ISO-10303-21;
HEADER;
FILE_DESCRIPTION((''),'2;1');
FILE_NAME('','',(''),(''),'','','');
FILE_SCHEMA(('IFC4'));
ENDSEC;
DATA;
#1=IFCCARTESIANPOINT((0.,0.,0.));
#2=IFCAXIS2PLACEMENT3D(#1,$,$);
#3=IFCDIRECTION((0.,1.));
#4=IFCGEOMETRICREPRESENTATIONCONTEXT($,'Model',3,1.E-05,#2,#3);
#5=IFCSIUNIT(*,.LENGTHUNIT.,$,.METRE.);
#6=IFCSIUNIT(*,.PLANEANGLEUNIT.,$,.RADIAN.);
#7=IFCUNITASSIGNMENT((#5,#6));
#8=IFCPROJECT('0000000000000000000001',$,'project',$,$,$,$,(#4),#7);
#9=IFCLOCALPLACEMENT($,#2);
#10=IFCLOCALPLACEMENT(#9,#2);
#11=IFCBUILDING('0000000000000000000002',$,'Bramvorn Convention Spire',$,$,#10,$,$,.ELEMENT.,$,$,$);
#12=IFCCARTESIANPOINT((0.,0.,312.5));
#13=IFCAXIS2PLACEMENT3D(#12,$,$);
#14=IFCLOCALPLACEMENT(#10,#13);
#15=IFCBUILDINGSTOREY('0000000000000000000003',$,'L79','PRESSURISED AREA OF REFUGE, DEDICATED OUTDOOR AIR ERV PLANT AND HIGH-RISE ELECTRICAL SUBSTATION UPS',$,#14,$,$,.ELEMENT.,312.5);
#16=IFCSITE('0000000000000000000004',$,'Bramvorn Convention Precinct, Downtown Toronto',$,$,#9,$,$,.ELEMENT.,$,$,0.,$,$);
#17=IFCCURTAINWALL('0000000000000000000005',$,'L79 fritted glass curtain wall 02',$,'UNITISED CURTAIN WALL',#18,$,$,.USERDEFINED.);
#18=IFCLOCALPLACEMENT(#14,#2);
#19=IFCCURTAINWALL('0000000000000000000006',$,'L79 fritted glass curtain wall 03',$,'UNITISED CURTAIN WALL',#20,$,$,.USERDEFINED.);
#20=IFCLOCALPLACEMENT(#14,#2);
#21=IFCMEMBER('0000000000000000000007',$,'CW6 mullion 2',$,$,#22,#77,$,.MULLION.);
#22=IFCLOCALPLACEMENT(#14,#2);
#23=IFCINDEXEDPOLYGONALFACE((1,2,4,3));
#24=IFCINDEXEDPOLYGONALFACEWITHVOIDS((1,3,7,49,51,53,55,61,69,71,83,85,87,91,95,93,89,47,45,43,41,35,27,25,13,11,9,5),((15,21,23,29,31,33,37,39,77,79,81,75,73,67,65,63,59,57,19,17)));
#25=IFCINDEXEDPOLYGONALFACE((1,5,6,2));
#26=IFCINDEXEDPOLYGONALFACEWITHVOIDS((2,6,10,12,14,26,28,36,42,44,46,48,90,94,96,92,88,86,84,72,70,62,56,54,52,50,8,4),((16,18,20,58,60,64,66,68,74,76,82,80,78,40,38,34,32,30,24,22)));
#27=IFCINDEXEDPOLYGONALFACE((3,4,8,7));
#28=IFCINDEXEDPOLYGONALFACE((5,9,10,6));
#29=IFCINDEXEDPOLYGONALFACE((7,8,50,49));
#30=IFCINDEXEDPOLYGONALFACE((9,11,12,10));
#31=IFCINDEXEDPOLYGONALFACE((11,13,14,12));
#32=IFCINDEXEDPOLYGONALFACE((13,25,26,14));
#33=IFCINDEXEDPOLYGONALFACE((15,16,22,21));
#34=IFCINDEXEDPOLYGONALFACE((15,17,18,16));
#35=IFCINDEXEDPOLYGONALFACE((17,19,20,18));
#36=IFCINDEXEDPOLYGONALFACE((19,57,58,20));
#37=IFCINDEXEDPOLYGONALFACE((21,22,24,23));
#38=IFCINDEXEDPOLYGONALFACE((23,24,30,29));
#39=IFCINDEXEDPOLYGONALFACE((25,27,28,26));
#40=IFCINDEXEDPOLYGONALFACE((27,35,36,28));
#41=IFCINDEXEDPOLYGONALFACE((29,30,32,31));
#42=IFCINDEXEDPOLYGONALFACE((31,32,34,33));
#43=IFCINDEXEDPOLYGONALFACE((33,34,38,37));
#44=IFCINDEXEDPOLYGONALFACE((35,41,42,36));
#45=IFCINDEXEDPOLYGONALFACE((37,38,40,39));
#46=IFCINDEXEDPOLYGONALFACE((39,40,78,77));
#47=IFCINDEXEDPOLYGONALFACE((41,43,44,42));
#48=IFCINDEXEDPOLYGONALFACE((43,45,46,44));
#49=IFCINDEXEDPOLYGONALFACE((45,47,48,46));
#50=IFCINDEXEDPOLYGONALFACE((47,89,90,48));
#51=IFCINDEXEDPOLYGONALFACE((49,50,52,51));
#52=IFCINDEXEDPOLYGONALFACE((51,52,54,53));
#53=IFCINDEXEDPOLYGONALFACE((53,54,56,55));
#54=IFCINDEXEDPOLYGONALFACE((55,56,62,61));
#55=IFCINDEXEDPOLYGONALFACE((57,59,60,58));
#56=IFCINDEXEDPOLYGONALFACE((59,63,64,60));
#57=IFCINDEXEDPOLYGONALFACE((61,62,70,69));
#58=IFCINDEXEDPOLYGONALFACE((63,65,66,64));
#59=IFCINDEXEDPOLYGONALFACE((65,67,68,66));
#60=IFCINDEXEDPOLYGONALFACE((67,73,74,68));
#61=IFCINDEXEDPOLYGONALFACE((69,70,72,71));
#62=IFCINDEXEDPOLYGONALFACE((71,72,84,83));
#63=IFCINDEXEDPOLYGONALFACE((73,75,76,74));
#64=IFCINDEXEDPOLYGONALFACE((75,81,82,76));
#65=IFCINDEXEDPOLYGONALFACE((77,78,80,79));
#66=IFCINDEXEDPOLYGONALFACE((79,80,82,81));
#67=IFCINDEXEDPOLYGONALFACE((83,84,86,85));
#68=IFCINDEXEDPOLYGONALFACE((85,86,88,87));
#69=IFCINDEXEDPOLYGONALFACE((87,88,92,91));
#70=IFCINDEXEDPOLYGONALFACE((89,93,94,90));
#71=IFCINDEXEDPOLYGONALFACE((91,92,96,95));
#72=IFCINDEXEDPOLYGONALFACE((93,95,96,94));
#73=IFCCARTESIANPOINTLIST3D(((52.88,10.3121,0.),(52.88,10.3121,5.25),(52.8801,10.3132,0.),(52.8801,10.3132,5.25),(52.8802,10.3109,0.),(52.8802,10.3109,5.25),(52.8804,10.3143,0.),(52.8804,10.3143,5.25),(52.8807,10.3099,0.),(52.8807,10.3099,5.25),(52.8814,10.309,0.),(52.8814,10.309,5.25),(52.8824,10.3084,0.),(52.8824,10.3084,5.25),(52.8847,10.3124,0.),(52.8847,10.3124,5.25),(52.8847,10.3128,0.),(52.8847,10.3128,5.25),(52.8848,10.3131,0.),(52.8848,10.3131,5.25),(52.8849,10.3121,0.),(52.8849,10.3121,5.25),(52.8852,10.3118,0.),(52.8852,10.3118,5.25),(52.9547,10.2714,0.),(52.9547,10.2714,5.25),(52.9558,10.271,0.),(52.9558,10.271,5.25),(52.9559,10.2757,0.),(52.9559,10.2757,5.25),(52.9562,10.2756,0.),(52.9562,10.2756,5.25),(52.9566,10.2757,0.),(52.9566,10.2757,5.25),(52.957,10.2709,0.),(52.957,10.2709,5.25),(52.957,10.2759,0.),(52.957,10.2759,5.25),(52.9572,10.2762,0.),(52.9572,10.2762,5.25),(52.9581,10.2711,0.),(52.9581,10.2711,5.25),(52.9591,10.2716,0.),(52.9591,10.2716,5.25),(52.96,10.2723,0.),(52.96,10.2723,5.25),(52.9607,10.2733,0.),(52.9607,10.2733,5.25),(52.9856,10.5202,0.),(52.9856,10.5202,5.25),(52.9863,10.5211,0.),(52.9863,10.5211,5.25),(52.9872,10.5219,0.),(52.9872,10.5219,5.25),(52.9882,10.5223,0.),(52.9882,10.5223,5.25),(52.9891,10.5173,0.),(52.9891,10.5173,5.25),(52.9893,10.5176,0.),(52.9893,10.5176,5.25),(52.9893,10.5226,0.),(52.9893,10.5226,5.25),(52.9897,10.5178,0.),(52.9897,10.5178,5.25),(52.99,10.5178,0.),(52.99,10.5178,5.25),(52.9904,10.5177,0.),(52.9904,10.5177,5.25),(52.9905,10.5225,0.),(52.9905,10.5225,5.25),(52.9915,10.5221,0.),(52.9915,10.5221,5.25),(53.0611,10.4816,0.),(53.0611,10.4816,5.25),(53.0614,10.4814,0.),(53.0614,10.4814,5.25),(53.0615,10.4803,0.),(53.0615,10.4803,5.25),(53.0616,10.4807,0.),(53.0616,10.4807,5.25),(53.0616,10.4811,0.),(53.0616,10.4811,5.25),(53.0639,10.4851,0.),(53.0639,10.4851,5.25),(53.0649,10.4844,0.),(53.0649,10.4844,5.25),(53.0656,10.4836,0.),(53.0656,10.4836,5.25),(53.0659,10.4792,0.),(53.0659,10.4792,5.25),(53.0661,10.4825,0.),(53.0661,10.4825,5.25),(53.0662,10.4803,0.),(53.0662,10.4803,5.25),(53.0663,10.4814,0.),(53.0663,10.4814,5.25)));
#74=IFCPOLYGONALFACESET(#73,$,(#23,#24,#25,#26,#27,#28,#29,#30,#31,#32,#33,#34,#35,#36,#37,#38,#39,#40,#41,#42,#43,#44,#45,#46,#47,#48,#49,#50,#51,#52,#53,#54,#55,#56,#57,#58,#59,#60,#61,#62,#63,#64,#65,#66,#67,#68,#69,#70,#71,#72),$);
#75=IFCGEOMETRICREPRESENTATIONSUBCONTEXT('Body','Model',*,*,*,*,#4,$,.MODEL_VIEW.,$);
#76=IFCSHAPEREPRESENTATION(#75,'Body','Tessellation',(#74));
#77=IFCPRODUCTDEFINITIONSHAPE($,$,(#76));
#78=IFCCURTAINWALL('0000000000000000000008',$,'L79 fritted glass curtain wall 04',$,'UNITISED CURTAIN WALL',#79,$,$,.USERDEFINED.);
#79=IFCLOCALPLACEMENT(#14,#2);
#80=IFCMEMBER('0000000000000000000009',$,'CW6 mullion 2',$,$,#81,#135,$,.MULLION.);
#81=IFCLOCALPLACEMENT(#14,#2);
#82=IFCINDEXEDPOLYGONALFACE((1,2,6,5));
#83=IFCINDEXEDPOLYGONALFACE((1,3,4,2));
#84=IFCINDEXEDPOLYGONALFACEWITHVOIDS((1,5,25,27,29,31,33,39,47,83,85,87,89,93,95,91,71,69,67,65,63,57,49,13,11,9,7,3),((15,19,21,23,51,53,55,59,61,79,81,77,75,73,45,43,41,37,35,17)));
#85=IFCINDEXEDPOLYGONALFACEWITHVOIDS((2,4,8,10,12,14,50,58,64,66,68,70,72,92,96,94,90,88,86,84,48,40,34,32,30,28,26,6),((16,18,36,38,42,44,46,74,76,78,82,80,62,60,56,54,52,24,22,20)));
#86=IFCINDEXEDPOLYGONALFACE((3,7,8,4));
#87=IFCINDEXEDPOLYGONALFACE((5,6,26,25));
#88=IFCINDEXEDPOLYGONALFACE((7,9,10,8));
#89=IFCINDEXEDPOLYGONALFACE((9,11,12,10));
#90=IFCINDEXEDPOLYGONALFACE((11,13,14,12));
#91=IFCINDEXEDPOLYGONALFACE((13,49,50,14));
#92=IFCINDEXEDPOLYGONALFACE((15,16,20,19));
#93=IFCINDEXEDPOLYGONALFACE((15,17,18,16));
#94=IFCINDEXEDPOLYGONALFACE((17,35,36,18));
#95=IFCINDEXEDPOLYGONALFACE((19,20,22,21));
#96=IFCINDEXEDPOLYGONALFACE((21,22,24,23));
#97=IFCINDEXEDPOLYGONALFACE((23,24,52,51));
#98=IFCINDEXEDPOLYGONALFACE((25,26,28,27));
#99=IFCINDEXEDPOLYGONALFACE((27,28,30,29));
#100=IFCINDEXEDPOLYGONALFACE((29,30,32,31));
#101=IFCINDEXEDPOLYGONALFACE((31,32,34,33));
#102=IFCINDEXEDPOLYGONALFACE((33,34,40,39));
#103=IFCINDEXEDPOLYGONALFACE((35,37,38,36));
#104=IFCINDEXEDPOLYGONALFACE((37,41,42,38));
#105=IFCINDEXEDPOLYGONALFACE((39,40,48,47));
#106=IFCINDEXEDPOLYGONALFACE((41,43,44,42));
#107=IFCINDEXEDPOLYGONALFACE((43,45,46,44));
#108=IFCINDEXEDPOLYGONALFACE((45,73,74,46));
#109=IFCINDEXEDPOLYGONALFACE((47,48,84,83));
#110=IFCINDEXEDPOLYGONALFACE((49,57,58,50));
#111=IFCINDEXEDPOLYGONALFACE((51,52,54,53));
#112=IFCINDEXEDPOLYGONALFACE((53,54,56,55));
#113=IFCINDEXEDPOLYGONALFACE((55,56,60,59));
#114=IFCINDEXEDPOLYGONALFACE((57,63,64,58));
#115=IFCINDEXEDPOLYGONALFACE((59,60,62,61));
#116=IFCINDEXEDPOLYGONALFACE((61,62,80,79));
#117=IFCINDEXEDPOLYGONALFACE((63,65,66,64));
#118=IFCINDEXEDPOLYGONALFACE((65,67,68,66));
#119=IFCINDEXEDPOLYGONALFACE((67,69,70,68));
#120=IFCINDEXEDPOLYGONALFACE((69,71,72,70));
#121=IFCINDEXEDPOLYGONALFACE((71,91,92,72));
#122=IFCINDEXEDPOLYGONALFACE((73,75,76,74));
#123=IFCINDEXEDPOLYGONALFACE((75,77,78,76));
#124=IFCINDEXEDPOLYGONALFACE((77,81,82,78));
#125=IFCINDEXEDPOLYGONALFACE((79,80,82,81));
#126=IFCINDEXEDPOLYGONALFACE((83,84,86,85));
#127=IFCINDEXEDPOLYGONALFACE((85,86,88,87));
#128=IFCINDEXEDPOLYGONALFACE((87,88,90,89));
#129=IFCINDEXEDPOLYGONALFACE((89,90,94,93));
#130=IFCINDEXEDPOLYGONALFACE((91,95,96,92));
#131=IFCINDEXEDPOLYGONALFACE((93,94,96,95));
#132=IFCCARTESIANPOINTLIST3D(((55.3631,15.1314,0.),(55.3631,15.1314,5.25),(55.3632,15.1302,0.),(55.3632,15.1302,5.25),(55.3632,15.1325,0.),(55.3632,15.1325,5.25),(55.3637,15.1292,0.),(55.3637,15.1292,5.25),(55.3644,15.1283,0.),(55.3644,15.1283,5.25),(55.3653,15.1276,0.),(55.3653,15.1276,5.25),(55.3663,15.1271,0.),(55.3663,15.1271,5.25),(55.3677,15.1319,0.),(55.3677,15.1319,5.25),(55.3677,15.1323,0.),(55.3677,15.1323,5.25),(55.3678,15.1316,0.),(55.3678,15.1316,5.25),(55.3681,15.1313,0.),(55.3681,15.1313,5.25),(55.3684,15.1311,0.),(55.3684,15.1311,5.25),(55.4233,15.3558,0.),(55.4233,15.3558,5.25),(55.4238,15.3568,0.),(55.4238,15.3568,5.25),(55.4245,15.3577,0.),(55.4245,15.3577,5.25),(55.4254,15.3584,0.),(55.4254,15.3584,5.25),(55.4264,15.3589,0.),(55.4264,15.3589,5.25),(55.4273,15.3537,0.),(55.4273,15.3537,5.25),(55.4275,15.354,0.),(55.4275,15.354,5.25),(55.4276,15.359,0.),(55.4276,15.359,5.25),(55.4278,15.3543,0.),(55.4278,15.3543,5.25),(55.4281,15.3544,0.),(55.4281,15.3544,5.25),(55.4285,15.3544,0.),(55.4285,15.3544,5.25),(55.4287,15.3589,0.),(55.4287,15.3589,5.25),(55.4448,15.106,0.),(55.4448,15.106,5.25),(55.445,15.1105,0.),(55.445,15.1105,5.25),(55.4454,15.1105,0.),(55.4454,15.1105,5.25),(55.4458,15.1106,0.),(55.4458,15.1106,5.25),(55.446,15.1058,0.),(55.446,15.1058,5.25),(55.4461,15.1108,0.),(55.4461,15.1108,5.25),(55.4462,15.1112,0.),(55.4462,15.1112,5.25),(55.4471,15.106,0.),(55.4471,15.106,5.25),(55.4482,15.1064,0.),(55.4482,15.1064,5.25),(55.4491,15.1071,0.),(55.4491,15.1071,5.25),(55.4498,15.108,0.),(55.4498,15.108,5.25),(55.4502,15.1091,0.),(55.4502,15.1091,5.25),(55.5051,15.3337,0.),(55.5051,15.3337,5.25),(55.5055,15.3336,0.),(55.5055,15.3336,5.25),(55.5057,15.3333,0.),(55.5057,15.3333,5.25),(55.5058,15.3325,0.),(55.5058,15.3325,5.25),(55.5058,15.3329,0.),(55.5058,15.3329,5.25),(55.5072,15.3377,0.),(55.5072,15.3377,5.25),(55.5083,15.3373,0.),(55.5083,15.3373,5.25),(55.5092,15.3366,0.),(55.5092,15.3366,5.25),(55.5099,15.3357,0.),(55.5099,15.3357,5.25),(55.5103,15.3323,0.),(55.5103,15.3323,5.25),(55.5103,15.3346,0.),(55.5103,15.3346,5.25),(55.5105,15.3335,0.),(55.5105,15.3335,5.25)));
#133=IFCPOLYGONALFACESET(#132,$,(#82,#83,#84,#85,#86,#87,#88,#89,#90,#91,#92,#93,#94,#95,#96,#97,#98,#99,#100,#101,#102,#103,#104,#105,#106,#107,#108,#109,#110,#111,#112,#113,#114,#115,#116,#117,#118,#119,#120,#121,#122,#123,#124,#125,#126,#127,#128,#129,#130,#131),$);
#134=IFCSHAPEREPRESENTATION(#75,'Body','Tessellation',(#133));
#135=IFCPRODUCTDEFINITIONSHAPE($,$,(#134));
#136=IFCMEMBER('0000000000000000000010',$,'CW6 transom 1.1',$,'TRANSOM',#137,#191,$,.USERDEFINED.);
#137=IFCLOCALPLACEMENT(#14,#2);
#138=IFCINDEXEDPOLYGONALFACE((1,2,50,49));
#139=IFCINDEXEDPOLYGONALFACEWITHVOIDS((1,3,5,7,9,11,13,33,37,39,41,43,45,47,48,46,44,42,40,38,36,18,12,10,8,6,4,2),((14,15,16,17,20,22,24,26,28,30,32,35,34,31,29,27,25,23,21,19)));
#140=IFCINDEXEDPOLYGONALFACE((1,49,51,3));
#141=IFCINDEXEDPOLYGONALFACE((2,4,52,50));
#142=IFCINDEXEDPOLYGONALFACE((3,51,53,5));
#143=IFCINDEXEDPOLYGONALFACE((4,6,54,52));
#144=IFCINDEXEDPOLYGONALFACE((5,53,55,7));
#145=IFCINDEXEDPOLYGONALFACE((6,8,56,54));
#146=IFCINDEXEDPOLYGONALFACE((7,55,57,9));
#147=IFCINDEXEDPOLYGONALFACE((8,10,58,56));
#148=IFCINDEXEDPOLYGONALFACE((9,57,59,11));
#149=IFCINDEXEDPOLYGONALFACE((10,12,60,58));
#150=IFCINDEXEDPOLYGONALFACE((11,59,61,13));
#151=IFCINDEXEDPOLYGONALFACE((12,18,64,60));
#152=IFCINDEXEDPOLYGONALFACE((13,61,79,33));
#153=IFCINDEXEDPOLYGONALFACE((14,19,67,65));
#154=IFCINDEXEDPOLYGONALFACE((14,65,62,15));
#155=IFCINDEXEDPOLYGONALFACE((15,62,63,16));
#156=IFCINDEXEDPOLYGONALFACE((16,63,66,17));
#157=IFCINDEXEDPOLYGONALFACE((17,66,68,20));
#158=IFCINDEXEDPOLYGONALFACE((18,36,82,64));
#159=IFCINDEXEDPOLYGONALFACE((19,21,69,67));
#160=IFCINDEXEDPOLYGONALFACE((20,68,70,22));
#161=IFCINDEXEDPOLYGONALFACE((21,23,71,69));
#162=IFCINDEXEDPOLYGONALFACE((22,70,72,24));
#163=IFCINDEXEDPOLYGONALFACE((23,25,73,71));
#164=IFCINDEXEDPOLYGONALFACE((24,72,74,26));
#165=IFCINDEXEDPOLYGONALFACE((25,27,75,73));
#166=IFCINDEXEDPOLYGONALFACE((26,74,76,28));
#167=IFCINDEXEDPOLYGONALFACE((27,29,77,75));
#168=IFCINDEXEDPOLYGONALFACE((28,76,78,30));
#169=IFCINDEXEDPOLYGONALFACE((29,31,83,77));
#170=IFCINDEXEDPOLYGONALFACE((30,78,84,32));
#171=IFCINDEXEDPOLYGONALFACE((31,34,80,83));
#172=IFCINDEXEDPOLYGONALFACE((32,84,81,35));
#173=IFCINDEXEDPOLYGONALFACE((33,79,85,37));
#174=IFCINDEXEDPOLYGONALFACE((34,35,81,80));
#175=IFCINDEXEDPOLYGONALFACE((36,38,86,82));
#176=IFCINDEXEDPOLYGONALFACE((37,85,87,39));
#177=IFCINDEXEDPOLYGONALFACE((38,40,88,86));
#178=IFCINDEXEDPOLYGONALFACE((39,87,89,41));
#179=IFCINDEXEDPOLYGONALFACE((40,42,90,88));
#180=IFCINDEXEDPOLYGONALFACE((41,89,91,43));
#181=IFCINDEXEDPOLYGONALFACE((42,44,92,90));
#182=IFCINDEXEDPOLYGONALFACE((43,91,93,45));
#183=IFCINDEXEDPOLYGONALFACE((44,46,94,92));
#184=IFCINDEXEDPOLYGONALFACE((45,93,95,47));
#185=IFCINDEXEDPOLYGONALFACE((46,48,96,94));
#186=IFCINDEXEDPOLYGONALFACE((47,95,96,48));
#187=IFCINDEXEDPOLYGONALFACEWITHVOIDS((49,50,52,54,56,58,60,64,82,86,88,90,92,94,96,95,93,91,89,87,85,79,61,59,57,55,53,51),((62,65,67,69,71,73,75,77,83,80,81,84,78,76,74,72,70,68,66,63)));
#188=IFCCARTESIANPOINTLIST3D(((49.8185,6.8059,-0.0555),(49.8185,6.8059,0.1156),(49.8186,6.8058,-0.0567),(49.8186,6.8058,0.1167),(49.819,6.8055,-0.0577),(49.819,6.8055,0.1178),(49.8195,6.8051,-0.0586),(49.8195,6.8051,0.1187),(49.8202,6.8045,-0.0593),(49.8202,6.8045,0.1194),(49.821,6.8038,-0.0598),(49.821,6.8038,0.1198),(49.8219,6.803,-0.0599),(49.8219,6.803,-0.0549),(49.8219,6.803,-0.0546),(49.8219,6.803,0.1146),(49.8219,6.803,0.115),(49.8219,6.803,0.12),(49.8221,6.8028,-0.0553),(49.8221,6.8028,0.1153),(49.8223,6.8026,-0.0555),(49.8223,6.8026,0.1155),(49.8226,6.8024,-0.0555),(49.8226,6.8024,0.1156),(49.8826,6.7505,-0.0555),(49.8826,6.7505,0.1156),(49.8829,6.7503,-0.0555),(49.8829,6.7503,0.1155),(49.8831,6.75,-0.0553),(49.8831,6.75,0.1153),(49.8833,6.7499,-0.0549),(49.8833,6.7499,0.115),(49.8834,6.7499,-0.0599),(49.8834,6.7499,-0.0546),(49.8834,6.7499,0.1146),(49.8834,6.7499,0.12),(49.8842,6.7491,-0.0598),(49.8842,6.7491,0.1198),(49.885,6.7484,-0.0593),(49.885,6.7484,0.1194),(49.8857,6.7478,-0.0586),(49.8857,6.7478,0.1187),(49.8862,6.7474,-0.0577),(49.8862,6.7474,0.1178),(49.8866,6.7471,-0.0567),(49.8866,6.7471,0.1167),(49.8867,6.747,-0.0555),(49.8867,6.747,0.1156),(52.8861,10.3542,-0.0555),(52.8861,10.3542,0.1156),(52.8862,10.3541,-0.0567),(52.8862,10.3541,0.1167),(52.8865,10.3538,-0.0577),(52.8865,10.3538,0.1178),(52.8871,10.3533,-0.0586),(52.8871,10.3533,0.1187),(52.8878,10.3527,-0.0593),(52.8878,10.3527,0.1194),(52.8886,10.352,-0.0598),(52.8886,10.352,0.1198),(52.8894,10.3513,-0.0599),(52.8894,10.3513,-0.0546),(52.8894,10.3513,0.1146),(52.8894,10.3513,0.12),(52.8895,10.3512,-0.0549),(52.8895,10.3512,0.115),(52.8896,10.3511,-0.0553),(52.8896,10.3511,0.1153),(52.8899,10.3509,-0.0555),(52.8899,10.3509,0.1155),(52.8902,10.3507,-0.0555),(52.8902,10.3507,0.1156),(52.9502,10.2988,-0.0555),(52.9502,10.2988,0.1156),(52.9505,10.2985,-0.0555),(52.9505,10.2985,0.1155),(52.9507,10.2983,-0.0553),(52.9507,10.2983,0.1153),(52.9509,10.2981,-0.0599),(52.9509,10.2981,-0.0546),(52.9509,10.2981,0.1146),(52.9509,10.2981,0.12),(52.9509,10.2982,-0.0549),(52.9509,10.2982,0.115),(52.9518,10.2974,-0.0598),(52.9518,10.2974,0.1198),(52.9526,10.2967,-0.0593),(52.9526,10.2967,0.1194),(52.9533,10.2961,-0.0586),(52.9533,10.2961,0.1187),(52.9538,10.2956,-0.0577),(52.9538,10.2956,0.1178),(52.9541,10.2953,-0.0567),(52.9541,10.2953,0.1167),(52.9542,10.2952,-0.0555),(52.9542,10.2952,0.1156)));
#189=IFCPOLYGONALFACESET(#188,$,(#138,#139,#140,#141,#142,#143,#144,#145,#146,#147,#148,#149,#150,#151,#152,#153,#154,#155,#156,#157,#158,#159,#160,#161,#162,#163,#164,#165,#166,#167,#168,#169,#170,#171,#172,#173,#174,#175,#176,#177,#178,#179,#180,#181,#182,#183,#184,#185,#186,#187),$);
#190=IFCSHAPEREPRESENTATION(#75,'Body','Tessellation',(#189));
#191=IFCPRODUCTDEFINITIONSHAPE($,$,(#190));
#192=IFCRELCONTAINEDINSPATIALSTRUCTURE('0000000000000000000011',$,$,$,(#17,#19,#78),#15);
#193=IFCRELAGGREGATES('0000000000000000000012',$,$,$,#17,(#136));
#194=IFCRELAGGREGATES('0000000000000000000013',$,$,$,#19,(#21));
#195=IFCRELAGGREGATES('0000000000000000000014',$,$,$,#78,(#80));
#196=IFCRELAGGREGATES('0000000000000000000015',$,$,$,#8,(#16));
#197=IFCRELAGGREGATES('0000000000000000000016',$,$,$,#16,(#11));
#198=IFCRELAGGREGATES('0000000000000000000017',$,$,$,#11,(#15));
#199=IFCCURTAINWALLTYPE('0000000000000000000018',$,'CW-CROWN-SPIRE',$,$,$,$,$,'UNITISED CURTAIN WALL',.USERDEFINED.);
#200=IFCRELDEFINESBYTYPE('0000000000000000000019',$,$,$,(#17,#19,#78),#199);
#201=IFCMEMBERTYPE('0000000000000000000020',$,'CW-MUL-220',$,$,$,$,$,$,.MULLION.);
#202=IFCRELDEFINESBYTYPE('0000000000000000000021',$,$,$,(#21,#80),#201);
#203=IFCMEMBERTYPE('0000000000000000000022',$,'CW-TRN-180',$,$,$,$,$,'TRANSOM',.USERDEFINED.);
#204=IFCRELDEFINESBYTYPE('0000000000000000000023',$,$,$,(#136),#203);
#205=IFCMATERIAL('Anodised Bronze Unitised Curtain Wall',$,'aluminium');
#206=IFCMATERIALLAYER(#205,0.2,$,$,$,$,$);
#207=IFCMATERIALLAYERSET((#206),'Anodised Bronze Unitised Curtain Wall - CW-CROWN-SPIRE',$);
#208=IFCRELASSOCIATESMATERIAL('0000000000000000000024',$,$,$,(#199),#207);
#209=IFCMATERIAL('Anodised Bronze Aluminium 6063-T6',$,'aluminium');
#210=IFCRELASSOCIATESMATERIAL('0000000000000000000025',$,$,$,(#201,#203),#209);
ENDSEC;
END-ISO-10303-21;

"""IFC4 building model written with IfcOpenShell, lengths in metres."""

from ifc_helpers import new_model, si_unit, direction, frame, origin, origin_2d, place, context, subcontext, project, spatial, hollow_rectangle, extrude, material, layer, layer_set, material_profile, profile_set, type_object, element, aggregate, save


model = new_model("IFC4")

# Units and contexts
model_context = context("Model", 3, precision=1e-05, world=origin(), true_north=direction((0.0, 1.0)))
body_context = subcontext(model_context, "Body", "Model", "MODEL_VIEW")
ifc_project = project(units=[si_unit("LENGTHUNIT", "METRE"), si_unit("PLANEANGLEUNIT", "RADIAN")], contexts=[model_context])

# Site, building, storey
site_placement = place(None, origin())
site = spatial("IfcSite", under=ifc_project, at=site_placement, Name="Bramvorn Convention Precinct, Downtown Toronto", CompositionType="ELEMENT", RefElevation=0.0)
building_placement = place(site_placement, origin())
building = spatial("IfcBuilding", under=site, at=building_placement, Name="Bramvorn Convention Spire", CompositionType="ELEMENT")
storey_placement = place(building_placement, frame((0.0, 0.0, 312.5)))
storey = spatial("IfcBuildingStorey", under=building, at=storey_placement, Name="L79", Description="PRESSURISED AREA OF REFUGE, DEDICATED OUTDOOR AIR ERV PLANT AND HIGH-RISE ELECTRICAL SUBSTATION UPS", CompositionType="ELEMENT", Elevation=312.5)

# Curtain walls, member
ifc_material_1 = material(Name="Anodised Bronze Unitised Curtain Wall", Category="aluminium")
ifc_layer_1 = layer(ifc_material_1, 0.2)
ifc_layer_set_1 = layer_set([ifc_layer_1], Name="Anodised Bronze Unitised Curtain Wall - CW-CROWN-SPIRE")
curtain_wall_type = type_object("IfcCurtainWallType", Name="CW-CROWN-SPIRE", ElementType="UNITISED CURTAIN WALL", PredefinedType="USERDEFINED", material=ifc_layer_set_1)
curtain_wall_1_placement = place(storey_placement, origin())
curtain_wall_1 = element("IfcCurtainWall", 1, at=curtain_wall_1_placement, inside=storey, type_object=curtain_wall_type, Name="L79 fritted glass curtain wall 02", ObjectType="UNITISED CURTAIN WALL", PredefinedType="USERDEFINED")
ifc_material_2 = material(Name="Anodised Bronze Aluminium 6063-T6", Category="aluminium")
ifc_material_profile_1 = material_profile(ifc_material_2, hollow_rectangle(XDim=0.0901, YDim=0.24, WallThickness=0.0044, InnerFilletRadius=0.001, OuterFilletRadius=0.0044, at=origin_2d()))
ifc_profile_set_1 = profile_set([ifc_material_profile_1], Name="Anodised Bronze Aluminium 6063-T6 - CWM90X240")
member_type_1 = type_object("IfcMemberType", Name="CW-MUL-220", PredefinedType="MULLION", material=ifc_profile_set_1)
curtain_wall_2_placement = place(storey_placement, origin())
curtain_wall_2 = element("IfcCurtainWall", 2, at=curtain_wall_2_placement, inside=storey, type_object=curtain_wall_type, Name="L79 fritted glass curtain wall 03", ObjectType="UNITISED CURTAIN WALL", PredefinedType="USERDEFINED")
member_1_placement = place(storey_placement, frame((52.9731, 10.3967, 0.0), z_axis=(0.0, 0.0, 1.0), x_axis=(0.89051, -0.454964, 0.0)))
member_1 = element("IfcMember", 3, at=member_1_placement, type_object=member_type_1, Name="CW6 mullion 2", PredefinedType="MULLION", context=body_context, shape_type="SweptSolid", body=[
    extrude(hollow_rectangle(XDim=0.0901, YDim=0.24, WallThickness=0.0044, InnerFilletRadius=0.001, OuterFilletRadius=0.0044, at=origin_2d()), origin(), (0.0, 0.0, 1.0), 5.25),
])

# Curtain wall, member
curtain_wall_3_placement = place(storey_placement, origin())
curtain_wall_3 = element("IfcCurtainWall", 4, at=curtain_wall_3_placement, inside=storey, type_object=curtain_wall_type, Name="L79 fritted glass curtain wall 04", ObjectType="UNITISED CURTAIN WALL", PredefinedType="USERDEFINED")
member_2_placement = place(storey_placement, frame((55.4368, 15.2324, 0.0), z_axis=(0.0, 0.0, 1.0), x_axis=(0.965618, -0.259965, 0.0)))
member_2 = element("IfcMember", 5, at=member_2_placement, type_object=member_type_1, Name="CW6 mullion 2", PredefinedType="MULLION", context=body_context, shape_type="SweptSolid", body=[
    extrude(hollow_rectangle(XDim=0.0901, YDim=0.24, WallThickness=0.0044, InnerFilletRadius=0.001, OuterFilletRadius=0.0044, at=origin_2d()), origin(), (0.0, 0.0, 1.0), 5.25),
])

# Member
ifc_material_profile_2 = material_profile(ifc_material_2, hollow_rectangle(XDim=0.0901, YDim=0.1799, WallThickness=0.0044, InnerFilletRadius=0.001, OuterFilletRadius=0.0044, at=origin_2d()))
ifc_profile_set_2 = profile_set([ifc_material_profile_2], Name="Anodised Bronze Aluminium 6063-T6 - CWT90X180")
member_type_2 = type_object("IfcMemberType", Name="CW-TRN-180", ElementType="TRANSOM", PredefinedType="USERDEFINED", material=ifc_profile_set_2)
member_3_placement = place(storey_placement, frame((52.9202, 10.3247, 0.03), z_axis=(-0.654005, -0.756491, 0.0), x_axis=(0.756491, -0.654005, 0.0)))
member_3 = element("IfcMember", 6, at=member_3_placement, type_object=member_type_2, Name="CW6 transom 1.1", ObjectType="TRANSOM", PredefinedType="USERDEFINED", context=body_context, shape_type="SweptSolid", body=[
    extrude(hollow_rectangle(XDim=0.0901, YDim=0.1799, WallThickness=0.0044, InnerFilletRadius=0.001, OuterFilletRadius=0.0044, at=origin_2d()), origin(), (0.0, 0.0, 1.0), 4.6904),
])

aggregate(curtain_wall_1, [member_3])
aggregate(curtain_wall_2, [member_1])
aggregate(curtain_wall_3, [member_2])

save(model, "model.ifc")
